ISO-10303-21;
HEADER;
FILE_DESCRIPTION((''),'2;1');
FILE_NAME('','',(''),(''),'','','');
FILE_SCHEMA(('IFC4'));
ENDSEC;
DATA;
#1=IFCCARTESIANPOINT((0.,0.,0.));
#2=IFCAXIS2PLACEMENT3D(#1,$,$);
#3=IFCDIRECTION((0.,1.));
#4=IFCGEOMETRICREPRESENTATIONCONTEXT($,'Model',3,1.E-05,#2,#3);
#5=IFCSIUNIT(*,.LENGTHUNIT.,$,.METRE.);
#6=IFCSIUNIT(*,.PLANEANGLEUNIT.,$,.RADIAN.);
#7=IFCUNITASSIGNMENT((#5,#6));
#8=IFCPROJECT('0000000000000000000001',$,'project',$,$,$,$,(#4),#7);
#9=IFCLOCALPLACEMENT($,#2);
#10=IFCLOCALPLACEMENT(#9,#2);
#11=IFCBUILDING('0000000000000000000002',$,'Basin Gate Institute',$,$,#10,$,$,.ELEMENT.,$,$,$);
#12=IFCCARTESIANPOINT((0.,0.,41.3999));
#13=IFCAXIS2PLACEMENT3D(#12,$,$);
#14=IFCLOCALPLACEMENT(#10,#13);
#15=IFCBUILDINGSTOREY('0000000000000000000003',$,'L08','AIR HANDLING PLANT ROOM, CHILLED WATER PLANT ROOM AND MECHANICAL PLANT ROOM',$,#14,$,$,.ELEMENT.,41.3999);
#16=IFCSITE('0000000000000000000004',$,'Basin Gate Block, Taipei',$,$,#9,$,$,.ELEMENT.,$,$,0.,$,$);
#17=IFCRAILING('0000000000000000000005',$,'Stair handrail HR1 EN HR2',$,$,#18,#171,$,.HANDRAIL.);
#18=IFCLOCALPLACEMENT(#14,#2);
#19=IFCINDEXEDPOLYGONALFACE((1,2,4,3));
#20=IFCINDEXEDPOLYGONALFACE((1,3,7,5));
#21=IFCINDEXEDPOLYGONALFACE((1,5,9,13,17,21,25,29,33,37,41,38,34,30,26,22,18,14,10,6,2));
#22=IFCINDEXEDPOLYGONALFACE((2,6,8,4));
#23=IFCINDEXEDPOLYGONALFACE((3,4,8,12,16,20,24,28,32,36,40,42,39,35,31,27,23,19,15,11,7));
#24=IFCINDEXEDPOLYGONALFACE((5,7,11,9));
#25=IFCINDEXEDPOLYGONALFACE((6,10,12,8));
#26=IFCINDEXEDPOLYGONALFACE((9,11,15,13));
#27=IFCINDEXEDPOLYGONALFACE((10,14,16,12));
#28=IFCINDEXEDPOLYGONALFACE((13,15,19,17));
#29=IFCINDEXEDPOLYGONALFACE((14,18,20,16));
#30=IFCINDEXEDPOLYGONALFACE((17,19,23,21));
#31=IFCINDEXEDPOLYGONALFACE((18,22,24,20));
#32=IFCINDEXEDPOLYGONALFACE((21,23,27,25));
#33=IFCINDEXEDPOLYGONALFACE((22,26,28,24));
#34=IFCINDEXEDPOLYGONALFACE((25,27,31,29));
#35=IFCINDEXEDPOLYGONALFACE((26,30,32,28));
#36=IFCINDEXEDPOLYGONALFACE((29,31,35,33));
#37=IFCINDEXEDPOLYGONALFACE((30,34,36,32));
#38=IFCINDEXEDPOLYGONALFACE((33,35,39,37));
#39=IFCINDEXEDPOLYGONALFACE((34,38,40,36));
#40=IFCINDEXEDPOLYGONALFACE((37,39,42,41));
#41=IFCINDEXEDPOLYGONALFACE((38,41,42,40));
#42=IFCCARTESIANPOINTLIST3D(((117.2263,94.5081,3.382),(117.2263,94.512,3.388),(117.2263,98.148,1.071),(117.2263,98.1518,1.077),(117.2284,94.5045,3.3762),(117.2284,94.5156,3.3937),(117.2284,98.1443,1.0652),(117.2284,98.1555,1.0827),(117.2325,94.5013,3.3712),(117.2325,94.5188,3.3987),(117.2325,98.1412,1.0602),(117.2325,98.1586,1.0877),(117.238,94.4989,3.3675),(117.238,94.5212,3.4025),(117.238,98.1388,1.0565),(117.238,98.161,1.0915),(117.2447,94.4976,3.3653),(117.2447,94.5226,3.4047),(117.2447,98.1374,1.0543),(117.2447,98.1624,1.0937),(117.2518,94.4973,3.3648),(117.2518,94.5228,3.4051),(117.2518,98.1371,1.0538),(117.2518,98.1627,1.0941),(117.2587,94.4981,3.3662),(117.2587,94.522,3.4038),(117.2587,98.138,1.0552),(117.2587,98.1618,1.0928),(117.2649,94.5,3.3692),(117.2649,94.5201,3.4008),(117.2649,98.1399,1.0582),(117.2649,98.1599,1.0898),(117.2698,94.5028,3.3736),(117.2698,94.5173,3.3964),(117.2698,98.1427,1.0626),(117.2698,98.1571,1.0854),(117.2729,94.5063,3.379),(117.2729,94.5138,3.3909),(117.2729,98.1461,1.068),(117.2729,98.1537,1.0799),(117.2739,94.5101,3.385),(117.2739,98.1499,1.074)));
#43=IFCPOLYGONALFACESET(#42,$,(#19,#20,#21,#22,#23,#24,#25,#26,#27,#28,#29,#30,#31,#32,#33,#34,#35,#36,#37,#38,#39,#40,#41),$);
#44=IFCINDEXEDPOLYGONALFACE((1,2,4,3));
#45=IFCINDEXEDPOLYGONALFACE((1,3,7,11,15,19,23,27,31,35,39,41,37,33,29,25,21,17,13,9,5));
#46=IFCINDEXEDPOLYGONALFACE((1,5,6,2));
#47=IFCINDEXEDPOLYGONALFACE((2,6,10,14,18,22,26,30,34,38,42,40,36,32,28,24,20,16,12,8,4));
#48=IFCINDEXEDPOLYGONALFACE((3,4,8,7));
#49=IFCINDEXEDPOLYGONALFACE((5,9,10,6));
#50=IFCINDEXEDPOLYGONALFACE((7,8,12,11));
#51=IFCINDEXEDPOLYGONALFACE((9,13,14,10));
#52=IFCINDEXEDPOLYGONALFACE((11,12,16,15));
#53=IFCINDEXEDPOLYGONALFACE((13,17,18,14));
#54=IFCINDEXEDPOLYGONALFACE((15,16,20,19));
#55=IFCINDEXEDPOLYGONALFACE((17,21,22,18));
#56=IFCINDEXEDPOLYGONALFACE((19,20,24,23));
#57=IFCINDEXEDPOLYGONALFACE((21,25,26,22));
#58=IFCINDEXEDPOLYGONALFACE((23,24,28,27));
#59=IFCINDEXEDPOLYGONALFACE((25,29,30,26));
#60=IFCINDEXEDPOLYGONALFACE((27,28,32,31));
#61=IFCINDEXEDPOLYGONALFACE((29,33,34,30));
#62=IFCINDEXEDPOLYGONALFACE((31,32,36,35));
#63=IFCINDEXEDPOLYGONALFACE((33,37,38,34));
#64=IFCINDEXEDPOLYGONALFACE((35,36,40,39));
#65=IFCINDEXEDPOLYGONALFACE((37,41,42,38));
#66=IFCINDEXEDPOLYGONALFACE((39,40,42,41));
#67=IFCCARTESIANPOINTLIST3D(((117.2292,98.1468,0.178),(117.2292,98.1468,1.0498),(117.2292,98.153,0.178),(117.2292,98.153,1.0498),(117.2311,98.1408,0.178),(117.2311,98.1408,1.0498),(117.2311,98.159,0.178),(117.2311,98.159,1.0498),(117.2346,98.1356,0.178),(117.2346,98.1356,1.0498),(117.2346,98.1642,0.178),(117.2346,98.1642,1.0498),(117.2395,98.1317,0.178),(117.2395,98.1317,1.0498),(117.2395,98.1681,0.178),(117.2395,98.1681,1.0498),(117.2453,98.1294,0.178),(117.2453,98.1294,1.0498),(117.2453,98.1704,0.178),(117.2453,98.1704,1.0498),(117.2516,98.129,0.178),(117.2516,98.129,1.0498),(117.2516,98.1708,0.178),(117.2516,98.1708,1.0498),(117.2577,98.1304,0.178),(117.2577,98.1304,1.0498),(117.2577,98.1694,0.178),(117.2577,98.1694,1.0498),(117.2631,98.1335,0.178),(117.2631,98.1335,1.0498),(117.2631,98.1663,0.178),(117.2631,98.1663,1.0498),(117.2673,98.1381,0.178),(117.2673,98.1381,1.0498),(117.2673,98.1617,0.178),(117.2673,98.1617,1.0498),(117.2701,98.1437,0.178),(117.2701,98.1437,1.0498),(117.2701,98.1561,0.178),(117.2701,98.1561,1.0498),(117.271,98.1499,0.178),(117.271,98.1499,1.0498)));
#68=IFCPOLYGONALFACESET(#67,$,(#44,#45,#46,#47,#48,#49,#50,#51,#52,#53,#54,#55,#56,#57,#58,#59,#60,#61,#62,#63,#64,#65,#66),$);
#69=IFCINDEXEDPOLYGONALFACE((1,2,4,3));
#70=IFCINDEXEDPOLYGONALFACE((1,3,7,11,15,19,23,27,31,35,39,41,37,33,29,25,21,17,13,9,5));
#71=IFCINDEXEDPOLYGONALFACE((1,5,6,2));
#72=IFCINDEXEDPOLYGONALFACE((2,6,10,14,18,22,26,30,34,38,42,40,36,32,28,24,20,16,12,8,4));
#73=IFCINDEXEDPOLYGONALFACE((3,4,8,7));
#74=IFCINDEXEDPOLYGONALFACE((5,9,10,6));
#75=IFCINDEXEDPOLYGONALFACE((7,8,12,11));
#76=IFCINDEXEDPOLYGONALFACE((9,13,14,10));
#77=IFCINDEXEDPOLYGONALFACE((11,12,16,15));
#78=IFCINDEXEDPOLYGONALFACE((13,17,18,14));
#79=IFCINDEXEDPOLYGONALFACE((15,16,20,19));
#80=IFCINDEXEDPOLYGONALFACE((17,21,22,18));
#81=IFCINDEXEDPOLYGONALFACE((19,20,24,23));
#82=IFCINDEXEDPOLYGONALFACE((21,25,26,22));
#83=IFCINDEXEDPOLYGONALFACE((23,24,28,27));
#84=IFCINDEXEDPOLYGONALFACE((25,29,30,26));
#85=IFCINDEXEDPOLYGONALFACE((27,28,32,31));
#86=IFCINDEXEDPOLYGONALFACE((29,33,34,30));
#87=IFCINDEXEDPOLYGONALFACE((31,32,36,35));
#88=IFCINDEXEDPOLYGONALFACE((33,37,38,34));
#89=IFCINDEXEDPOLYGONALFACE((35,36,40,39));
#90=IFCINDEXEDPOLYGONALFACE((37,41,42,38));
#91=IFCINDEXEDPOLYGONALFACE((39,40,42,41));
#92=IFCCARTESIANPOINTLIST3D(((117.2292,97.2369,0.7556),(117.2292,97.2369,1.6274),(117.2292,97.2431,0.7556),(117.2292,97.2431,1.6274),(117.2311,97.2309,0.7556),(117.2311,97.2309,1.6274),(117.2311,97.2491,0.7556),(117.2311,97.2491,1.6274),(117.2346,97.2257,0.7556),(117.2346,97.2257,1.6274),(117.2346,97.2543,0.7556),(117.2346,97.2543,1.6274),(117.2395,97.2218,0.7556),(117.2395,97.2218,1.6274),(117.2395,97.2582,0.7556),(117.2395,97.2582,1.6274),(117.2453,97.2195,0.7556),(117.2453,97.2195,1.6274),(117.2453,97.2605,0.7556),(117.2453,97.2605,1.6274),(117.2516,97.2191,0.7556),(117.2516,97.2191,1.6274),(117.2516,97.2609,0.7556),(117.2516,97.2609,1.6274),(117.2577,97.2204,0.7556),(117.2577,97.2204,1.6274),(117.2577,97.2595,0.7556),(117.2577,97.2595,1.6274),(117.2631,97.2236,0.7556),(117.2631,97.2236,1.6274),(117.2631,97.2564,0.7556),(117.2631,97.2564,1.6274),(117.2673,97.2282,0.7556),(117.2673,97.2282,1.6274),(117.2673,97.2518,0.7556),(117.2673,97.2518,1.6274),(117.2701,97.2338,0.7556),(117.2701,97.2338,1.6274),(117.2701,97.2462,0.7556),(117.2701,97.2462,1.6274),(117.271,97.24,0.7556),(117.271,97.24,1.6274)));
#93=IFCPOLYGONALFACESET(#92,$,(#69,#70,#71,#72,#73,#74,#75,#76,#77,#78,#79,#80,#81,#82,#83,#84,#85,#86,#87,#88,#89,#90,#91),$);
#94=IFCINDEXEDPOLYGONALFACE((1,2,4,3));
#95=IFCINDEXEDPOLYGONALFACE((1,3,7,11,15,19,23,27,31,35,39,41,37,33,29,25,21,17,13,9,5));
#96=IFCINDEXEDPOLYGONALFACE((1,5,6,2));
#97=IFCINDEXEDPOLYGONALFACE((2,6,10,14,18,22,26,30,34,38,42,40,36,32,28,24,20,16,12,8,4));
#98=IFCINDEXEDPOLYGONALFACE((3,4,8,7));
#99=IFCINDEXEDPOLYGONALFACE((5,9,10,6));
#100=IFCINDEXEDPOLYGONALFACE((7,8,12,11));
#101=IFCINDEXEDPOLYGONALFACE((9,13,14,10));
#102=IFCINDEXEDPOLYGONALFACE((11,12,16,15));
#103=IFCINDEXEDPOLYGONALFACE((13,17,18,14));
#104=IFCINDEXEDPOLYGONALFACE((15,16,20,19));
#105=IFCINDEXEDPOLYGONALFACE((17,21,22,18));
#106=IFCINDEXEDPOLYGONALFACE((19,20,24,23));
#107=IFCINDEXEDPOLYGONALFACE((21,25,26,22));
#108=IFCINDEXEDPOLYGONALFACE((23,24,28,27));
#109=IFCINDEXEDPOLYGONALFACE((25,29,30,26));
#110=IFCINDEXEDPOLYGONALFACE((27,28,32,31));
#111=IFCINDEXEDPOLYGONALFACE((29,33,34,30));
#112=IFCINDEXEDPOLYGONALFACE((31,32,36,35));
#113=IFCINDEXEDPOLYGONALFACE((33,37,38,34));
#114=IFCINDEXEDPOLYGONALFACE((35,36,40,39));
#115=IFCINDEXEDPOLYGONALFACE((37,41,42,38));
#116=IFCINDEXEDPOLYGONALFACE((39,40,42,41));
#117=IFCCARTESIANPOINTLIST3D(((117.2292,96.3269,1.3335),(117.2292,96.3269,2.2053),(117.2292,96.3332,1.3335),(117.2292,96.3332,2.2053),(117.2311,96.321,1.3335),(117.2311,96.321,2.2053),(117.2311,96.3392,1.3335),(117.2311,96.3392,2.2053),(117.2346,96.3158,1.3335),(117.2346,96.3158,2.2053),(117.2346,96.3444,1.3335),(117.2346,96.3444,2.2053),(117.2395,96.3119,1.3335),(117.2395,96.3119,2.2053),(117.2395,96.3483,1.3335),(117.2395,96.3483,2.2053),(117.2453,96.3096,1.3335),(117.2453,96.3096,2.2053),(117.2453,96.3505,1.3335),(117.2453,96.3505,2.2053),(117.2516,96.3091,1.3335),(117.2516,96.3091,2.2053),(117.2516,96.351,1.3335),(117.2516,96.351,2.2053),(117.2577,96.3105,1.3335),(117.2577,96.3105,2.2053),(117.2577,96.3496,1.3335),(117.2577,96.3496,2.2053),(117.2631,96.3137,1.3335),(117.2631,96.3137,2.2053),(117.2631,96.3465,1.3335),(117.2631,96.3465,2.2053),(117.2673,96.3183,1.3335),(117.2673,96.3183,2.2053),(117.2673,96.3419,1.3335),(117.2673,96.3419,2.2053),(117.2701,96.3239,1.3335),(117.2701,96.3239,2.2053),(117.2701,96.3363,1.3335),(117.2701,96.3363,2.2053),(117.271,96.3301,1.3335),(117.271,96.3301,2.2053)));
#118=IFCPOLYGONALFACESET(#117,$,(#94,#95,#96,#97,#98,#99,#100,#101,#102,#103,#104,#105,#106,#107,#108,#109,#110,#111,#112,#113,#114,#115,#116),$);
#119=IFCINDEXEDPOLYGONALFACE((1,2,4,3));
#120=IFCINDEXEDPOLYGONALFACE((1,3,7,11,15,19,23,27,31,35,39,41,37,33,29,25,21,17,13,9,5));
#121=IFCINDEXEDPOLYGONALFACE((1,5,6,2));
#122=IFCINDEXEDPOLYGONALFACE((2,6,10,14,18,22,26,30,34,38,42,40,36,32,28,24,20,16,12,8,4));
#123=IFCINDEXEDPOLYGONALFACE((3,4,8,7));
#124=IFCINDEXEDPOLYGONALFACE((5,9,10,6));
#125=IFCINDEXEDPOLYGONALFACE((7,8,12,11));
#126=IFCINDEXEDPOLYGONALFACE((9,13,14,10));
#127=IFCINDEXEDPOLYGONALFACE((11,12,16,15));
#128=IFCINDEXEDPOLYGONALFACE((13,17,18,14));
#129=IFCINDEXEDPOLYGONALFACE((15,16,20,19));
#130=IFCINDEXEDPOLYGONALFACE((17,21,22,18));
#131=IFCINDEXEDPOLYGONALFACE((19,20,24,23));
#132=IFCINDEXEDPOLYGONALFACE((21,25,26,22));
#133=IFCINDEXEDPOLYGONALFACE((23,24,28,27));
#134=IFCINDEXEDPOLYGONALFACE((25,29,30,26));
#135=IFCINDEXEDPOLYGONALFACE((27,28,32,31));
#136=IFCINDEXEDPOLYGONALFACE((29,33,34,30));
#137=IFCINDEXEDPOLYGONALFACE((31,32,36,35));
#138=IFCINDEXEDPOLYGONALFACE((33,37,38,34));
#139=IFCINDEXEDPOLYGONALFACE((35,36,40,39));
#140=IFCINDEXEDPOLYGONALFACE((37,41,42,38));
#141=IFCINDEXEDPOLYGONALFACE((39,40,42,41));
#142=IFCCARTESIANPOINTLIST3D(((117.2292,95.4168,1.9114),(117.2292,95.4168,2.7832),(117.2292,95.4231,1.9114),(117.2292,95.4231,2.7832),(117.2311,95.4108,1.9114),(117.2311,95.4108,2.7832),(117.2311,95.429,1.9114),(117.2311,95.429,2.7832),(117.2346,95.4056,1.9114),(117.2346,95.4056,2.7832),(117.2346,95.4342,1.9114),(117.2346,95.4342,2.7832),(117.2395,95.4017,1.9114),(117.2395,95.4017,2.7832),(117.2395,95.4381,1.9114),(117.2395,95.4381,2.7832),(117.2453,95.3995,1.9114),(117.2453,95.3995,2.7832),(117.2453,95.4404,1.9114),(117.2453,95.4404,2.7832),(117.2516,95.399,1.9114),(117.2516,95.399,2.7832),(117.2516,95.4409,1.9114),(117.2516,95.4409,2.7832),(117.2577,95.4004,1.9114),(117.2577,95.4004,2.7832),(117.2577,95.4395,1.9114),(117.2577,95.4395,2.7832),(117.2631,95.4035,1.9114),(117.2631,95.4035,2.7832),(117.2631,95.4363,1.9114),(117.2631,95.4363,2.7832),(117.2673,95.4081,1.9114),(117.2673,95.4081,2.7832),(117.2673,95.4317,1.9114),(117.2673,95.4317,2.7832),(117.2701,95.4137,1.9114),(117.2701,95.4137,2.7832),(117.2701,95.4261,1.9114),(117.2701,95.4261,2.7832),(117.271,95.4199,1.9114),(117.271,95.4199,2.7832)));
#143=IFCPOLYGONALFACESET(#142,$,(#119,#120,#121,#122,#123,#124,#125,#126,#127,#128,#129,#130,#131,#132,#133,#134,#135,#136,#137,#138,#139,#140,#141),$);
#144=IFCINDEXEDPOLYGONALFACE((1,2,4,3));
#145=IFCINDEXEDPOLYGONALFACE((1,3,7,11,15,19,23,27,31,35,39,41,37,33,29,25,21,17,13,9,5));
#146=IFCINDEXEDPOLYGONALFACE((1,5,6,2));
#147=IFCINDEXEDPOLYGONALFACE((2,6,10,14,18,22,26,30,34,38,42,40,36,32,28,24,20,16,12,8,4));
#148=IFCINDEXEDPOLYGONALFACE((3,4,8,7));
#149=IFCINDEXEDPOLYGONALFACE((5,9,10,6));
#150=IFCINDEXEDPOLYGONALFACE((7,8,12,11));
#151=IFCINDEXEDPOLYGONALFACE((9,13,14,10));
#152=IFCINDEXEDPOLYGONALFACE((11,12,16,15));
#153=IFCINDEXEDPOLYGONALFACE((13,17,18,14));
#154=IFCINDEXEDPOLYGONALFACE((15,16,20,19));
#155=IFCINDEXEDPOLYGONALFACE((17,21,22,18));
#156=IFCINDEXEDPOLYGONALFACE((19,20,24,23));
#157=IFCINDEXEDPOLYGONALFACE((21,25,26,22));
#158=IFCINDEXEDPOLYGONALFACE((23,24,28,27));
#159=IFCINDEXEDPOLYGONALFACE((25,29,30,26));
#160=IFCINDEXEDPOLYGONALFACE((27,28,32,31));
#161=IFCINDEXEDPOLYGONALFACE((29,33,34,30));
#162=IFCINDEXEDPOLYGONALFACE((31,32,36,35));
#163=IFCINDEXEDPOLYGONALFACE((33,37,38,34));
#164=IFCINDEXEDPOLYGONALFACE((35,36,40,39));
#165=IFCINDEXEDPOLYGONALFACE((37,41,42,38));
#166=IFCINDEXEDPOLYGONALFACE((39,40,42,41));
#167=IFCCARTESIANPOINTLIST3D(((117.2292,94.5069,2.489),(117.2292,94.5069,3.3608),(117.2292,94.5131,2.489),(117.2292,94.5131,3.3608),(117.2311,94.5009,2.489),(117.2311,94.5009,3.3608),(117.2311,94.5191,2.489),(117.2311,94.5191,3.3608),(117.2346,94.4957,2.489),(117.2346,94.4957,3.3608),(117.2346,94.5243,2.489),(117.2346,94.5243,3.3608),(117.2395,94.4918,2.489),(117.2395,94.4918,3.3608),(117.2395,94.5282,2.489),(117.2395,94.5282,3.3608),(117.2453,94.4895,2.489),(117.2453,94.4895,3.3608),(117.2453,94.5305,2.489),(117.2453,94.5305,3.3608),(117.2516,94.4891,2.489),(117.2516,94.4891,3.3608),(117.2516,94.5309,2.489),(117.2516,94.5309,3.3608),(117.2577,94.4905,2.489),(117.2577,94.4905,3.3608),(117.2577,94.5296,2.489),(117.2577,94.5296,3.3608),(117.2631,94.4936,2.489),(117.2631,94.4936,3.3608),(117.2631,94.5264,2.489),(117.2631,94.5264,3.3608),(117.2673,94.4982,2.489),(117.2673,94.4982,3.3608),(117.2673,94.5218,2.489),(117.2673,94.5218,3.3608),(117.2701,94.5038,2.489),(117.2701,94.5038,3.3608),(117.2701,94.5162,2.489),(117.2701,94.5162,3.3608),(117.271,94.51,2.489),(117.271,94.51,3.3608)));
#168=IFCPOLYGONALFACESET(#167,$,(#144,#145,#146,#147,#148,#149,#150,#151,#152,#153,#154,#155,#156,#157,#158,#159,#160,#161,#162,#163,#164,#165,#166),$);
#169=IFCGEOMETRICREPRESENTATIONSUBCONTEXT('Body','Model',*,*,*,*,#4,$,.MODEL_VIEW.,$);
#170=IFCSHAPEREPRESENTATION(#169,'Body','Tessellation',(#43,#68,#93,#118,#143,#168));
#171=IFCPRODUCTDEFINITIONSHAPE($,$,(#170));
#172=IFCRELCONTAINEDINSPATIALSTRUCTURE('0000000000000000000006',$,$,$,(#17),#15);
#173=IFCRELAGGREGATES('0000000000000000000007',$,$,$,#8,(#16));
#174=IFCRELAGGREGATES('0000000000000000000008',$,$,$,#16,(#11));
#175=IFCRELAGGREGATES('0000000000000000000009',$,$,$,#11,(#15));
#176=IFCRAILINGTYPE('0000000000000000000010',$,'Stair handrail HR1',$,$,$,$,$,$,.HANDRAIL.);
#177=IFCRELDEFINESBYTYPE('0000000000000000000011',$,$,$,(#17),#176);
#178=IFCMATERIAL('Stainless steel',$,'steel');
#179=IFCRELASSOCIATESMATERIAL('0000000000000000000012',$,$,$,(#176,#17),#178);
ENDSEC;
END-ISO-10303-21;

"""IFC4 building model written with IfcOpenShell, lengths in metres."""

from ifc_helpers import new_model, si_unit, direction, frame, origin, origin_2d, place, context, subcontext, project, spatial, circle, extrude, material, type_object, element, save


model = new_model("IFC4")

# Units and contexts
model_context = context("Model", 3, precision=1e-05, world=origin(), true_north=direction((0.0, 1.0)))
body_context = subcontext(model_context, "Body", "Model", "MODEL_VIEW")
ifc_project = project(units=[si_unit("LENGTHUNIT", "METRE"), si_unit("PLANEANGLEUNIT", "RADIAN")], contexts=[model_context])

# Site, building, storey
site_placement = place(None, origin())
site = spatial("IfcSite", under=ifc_project, at=site_placement, Name="Basin Gate Block, Taipei", CompositionType="ELEMENT", RefElevation=0.0)
building_placement = place(site_placement, origin())
building = spatial("IfcBuilding", under=site, at=building_placement, Name="Basin Gate Institute", CompositionType="ELEMENT")
storey_placement = place(building_placement, frame((0.0, 0.0, 41.3999)))
storey = spatial("IfcBuildingStorey", under=building, at=storey_placement, Name="L08", Description="AIR HANDLING PLANT ROOM, CHILLED WATER PLANT ROOM AND MECHANICAL PLANT ROOM", CompositionType="ELEMENT", Elevation=41.3999)

# Railing
ifc_material_1 = material(Name="Stainless steel", Category="steel")
railing_type_1 = type_object("IfcRailingType", Name="Stair handrail HR1", PredefinedType="HANDRAIL", material=ifc_material_1)
for number, where, name in (
    (1, (117.25, 98.1499, 0.178), "Stair handrail HR1 EN HR2"),
):
    element("IfcRailing", number, at=place(storey_placement, frame(where)), inside=storey, type_object=railing_type_1, material=ifc_material_1, Name=name, PredefinedType="HANDRAIL", context=body_context, shape_type="SweptSolid", body=[
        extrude(circle(Radius=0.0239, at=origin_2d()), frame((0.0, 0.0, 0.896), z_axis=(0.0, -0.844214, 0.536007), x_axis=(1.0, 0.0, 0.0)), (0.0, 0.0, 1.0), 4.3115),
        extrude(circle(Radius=0.021, at=origin_2d()), origin(), (0.0, 0.0, 1.0), 0.8718),
        extrude(circle(Radius=0.021, at=origin_2d()), frame((0.0, -0.9099, 0.5776)), (0.0, 0.0, 1.0), 0.8718),
        extrude(circle(Radius=0.021, at=origin_2d()), frame((0.0, -1.8198, 1.1555)), (0.0, 0.0, 1.0), 0.8718),
        extrude(circle(Radius=0.021, at=origin_2d()), frame((0.0, -2.73, 1.7334)), (0.0, 0.0, 1.0), 0.8718),
        extrude(circle(Radius=0.021, at=origin_2d()), frame((0.0, -3.6399, 2.311)), (0.0, 0.0, 1.0), 0.8718),
    ])

save(model, "model.ifc")
